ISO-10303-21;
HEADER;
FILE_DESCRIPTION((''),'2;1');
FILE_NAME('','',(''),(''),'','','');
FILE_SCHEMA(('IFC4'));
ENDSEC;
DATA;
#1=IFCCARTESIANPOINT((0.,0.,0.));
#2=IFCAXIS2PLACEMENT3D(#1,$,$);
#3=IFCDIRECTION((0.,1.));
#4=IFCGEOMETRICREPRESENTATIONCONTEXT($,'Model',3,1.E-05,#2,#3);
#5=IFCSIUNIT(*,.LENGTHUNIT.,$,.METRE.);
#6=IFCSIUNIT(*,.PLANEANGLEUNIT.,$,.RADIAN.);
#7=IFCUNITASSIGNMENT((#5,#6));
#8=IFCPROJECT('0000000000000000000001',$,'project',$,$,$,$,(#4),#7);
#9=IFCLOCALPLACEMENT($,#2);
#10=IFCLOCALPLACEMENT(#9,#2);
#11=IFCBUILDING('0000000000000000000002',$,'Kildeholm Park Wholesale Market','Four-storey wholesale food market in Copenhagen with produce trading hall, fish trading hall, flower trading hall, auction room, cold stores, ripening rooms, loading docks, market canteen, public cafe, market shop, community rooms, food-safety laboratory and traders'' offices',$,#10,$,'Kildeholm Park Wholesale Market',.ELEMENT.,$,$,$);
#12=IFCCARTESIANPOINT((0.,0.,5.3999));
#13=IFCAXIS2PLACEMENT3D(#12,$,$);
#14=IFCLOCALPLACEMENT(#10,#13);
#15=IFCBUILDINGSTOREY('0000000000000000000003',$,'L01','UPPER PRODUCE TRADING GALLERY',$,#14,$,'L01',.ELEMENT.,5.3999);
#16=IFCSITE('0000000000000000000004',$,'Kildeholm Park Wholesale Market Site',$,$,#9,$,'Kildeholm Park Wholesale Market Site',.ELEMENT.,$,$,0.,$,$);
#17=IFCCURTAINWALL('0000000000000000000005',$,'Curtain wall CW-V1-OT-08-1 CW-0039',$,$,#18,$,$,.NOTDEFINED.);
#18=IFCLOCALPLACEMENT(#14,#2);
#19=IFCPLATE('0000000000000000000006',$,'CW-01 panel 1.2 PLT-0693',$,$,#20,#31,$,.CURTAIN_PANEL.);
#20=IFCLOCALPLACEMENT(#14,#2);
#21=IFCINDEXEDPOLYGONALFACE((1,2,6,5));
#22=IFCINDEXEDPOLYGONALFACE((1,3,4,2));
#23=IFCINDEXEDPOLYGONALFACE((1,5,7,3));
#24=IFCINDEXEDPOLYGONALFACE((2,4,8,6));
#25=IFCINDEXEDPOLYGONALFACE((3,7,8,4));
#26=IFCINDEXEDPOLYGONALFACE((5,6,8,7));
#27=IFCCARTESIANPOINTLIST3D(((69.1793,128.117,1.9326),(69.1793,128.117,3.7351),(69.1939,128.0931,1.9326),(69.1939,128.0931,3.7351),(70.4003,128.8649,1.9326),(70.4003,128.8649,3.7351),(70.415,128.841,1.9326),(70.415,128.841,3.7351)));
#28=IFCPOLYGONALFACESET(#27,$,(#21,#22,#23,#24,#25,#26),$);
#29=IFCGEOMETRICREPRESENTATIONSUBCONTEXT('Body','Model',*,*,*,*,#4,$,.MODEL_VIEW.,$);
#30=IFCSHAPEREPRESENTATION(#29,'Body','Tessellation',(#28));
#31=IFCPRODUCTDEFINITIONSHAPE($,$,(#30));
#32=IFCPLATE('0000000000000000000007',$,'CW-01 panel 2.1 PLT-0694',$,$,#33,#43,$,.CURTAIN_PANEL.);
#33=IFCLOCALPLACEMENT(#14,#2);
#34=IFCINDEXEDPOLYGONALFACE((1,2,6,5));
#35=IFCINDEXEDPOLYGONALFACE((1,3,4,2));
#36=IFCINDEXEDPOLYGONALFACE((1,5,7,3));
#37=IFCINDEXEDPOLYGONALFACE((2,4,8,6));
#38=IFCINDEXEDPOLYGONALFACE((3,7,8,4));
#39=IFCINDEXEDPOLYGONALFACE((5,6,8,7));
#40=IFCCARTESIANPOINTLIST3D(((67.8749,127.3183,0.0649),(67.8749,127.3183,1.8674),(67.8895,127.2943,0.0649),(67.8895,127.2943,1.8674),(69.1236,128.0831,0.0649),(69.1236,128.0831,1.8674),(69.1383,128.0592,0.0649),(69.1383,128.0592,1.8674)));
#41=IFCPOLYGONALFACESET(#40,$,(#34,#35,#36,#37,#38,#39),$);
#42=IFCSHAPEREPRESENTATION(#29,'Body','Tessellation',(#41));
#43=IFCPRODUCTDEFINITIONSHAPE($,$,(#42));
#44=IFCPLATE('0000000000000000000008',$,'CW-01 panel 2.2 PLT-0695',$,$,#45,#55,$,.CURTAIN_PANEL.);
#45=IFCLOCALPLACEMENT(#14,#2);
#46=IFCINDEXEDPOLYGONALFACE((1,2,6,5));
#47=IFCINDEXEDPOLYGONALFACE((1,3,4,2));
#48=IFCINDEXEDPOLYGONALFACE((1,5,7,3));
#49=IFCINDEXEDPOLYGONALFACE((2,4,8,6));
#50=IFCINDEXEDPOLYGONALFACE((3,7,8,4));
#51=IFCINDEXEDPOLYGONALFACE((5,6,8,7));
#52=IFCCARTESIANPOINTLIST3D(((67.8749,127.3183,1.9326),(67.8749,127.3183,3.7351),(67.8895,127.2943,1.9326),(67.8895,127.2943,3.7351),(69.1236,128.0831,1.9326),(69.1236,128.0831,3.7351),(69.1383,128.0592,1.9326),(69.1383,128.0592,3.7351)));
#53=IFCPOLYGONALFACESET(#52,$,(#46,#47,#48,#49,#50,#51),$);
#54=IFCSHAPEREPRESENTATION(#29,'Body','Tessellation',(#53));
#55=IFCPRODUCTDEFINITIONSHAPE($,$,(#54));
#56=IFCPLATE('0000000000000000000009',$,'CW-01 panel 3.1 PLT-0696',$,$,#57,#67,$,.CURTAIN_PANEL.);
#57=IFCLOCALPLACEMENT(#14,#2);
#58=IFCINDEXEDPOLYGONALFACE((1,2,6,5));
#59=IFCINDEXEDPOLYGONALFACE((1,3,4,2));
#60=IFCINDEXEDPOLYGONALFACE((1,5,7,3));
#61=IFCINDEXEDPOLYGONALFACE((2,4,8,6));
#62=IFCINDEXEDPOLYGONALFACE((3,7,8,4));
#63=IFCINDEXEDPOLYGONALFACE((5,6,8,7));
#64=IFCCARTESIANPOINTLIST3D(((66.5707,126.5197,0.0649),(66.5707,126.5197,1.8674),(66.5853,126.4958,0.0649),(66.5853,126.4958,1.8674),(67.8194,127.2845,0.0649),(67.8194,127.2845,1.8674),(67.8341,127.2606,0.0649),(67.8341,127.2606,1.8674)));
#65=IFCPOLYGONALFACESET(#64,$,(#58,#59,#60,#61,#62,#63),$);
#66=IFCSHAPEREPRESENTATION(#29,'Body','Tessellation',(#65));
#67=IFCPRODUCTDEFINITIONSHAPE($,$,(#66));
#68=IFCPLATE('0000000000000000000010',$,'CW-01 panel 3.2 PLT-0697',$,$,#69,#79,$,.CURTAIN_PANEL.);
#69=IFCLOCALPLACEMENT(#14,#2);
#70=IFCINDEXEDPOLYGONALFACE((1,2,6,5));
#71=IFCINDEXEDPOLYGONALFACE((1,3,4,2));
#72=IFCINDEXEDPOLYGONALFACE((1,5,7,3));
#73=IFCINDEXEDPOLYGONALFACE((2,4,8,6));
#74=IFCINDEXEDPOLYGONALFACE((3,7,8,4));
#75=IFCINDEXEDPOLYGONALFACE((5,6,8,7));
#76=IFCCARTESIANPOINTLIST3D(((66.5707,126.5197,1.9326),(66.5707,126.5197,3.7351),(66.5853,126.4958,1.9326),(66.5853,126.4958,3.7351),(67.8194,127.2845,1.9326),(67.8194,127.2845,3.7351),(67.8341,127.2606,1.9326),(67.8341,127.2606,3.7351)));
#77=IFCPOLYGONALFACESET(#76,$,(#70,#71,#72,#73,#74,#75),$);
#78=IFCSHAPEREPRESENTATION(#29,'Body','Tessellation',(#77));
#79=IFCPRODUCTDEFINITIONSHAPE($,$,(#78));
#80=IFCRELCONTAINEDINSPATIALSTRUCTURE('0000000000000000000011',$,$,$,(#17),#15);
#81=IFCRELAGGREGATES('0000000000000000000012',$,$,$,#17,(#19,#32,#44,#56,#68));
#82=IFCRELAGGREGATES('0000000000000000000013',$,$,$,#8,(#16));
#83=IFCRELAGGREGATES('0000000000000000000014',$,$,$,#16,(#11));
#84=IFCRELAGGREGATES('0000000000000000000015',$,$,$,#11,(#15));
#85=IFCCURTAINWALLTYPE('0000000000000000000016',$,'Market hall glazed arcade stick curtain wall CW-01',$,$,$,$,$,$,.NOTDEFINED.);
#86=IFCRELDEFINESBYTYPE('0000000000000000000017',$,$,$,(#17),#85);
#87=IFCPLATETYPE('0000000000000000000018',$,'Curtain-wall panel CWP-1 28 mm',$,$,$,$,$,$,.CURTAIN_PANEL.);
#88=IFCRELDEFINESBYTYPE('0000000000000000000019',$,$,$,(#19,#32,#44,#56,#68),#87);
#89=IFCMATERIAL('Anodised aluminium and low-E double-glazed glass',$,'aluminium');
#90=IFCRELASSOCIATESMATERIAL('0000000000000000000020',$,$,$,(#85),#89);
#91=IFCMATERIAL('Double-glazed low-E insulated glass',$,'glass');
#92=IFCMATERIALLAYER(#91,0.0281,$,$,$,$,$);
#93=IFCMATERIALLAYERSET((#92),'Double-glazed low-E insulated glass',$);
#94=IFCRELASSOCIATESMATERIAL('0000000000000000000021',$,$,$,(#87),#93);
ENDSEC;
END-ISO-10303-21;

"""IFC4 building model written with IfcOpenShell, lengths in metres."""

from ifc_helpers import new_model, si_unit, direction, frame, origin, origin_2d, place, context, subcontext, project, spatial, rectangle, extrude, material, layer, layer_set, type_object, element, aggregate, save


model = new_model("IFC4")

# Units and contexts
model_context = context("Model", 3, precision=1e-05, world=origin(), true_north=direction((0.0, 1.0)))
body_context = subcontext(model_context, "Body", "Model", "MODEL_VIEW")
ifc_project = project(units=[si_unit("LENGTHUNIT", "METRE"), si_unit("PLANEANGLEUNIT", "RADIAN")], contexts=[model_context])

# Site, building, storey
site_placement = place(None, origin())
site = spatial("IfcSite", under=ifc_project, at=site_placement, Name="Kildeholm Park Wholesale Market Site", LongName="Kildeholm Park Wholesale Market Site", CompositionType="ELEMENT", RefElevation=0.0)
building_placement = place(site_placement, origin())
building = spatial("IfcBuilding", under=site, at=building_placement, Name="Kildeholm Park Wholesale Market", Description="Four-storey wholesale food market in Copenhagen with produce trading hall, fish trading hall, flower trading hall, auction room, cold stores, ripening rooms, loading docks, market canteen, public cafe, market shop, community rooms, food-safety laboratory and traders' offices", LongName="Kildeholm Park Wholesale Market", CompositionType="ELEMENT")
storey_placement = place(building_placement, frame((0.0, 0.0, 5.3999)))
storey = spatial("IfcBuildingStorey", under=building, at=storey_placement, Name="L01", Description="UPPER PRODUCE TRADING GALLERY", LongName="L01", CompositionType="ELEMENT", Elevation=5.3999)

# Curtain wall
ifc_material_1 = material(Name="Anodised aluminium and low-E double-glazed glass", Category="aluminium")
curtain_wall_type = type_object("IfcCurtainWallType", Name="Market hall glazed arcade stick curtain wall CW-01", PredefinedType="NOTDEFINED", material=ifc_material_1)
curtain_wall_1_placement = place(storey_placement, origin())
curtain_wall_1 = element("IfcCurtainWall", 1, at=curtain_wall_1_placement, inside=storey, type_object=curtain_wall_type, Name="Curtain wall CW-V1-OT-08-1 CW-0039", PredefinedType="NOTDEFINED")

# Plates
ifc_material_2 = material(Name="Double-glazed low-E insulated glass", Category="glass")
ifc_layer = layer(ifc_material_2, 0.0281)
ifc_layer_set = layer_set([ifc_layer], Name="Double-glazed low-E insulated glass")
plate_type = type_object("IfcPlateType", Name="Curtain-wall panel CWP-1 28 mm", PredefinedType="CURTAIN_PANEL", material=ifc_layer_set)
plate_1_placement = place(storey_placement, frame((69.7971, 128.479, 1.9326), z_axis=(0.0, 0.0, 1.0), x_axis=(-0.852771, -0.522284, 0.0)))
plate_1 = element("IfcPlate", 2, at=plate_1_placement, type_object=plate_type, Name="CW-01 panel 1.2 PLT-0693", PredefinedType="CURTAIN_PANEL", context=body_context, shape_type="SweptSolid", body=[
    extrude(rectangle(XDim=1.4319, YDim=0.0281, at=origin_2d()), origin(), (0.0, 0.0, 1.0), 1.8025),
])
plate_2_placement = place(storey_placement, frame((68.5066, 127.6887, 0.0649), z_axis=(0.0, 0.0, 1.0), x_axis=(-0.852771, -0.522284, 0.0)))
plate_2 = element("IfcPlate", 3, at=plate_2_placement, type_object=plate_type, Name="CW-01 panel 2.1 PLT-0694", PredefinedType="CURTAIN_PANEL", context=body_context, shape_type="SweptSolid", body=[
    extrude(rectangle(XDim=1.4644, YDim=0.0281, at=origin_2d()), origin(), (0.0, 0.0, 1.0), 1.8025),
])
plate_3_placement = place(storey_placement, frame((68.5066, 127.6887, 1.9326), z_axis=(0.0, 0.0, 1.0), x_axis=(-0.852771, -0.522284, 0.0)))
plate_3 = element("IfcPlate", 4, at=plate_3_placement, type_object=plate_type, Name="CW-01 panel 2.2 PLT-0695", PredefinedType="CURTAIN_PANEL", context=body_context, shape_type="SweptSolid", body=[
    extrude(rectangle(XDim=1.4644, YDim=0.0281, at=origin_2d()), origin(), (0.0, 0.0, 1.0), 1.8025),
])
plate_4_placement = place(storey_placement, frame((67.2024, 126.8901, 0.0649), z_axis=(0.0, 0.0, 1.0), x_axis=(-0.852771, -0.522284, 0.0)))
plate_4 = element("IfcPlate", 5, at=plate_4_placement, type_object=plate_type, Name="CW-01 panel 3.1 PLT-0696", PredefinedType="CURTAIN_PANEL", context=body_context, shape_type="SweptSolid", body=[
    extrude(rectangle(XDim=1.4644, YDim=0.0281, at=origin_2d()), origin(), (0.0, 0.0, 1.0), 1.8025),
])
plate_5_placement = place(storey_placement, frame((67.2024, 126.8901, 1.9326), z_axis=(0.0, 0.0, 1.0), x_axis=(-0.852771, -0.522284, 0.0)))
plate_5 = element("IfcPlate", 6, at=plate_5_placement, type_object=plate_type, Name="CW-01 panel 3.2 PLT-0697", PredefinedType="CURTAIN_PANEL", context=body_context, shape_type="SweptSolid", body=[
    extrude(rectangle(XDim=1.4644, YDim=0.0281, at=origin_2d()), origin(), (0.0, 0.0, 1.0), 1.8025),
])
aggregate(curtain_wall_1, [plate_1, plate_2, plate_3, plate_4, plate_5])

save(model, "model.ifc")
